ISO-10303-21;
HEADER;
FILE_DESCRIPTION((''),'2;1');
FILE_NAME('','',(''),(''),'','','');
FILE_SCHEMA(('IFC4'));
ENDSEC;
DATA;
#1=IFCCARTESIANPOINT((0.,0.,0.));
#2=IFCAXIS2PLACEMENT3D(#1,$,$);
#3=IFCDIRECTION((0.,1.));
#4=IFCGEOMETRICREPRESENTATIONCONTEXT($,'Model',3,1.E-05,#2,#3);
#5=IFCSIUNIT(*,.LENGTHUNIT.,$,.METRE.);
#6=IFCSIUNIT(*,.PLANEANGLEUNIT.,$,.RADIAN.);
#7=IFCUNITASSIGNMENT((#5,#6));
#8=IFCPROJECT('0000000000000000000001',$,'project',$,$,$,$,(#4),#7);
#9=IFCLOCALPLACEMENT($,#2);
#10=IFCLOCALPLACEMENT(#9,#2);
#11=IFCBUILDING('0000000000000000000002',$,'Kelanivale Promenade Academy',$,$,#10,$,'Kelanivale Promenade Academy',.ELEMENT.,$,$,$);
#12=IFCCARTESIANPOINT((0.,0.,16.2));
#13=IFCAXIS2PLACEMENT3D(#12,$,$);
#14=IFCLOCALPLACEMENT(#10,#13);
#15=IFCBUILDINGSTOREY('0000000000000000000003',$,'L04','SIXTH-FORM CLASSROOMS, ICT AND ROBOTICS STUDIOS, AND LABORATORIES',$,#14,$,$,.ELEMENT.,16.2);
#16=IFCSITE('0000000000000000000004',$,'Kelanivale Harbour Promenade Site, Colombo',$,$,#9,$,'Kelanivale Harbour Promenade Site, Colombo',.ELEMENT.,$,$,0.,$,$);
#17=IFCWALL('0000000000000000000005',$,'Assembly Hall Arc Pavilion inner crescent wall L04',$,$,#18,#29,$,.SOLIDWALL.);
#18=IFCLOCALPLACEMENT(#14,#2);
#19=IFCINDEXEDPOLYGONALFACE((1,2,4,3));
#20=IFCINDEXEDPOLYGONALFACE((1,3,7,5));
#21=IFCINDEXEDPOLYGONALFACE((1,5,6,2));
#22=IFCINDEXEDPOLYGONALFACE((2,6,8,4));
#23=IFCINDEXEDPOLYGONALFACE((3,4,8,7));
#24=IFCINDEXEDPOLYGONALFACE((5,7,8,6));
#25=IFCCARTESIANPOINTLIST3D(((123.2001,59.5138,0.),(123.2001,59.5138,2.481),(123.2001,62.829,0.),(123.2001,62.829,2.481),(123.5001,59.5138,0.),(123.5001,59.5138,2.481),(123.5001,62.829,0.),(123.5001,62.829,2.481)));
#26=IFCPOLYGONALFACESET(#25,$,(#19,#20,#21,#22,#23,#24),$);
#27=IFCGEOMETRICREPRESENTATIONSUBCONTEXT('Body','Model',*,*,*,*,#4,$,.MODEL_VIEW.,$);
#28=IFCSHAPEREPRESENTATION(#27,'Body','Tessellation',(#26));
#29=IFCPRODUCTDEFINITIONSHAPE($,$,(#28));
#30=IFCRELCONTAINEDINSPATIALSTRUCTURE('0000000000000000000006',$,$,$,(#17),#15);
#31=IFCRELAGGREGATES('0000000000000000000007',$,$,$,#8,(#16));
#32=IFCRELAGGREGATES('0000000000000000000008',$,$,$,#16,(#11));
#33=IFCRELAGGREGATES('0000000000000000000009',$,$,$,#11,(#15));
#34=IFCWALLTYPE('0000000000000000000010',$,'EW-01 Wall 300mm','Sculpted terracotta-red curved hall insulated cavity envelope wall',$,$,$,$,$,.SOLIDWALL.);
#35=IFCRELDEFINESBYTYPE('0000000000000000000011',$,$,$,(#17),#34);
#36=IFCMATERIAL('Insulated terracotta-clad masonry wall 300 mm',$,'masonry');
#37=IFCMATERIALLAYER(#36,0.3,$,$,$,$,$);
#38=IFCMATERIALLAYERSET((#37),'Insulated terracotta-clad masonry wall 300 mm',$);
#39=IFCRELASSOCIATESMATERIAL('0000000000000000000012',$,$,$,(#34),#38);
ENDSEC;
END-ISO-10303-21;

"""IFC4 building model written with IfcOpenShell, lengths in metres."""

from ifc_helpers import new_model, si_unit, direction, frame, frame_2d, origin, place, context, subcontext, project, spatial, rectangle, extrude, material, layer, layer_set, type_object, element, save


model = new_model("IFC4")

# Units and contexts
model_context = context("Model", 3, precision=1e-05, world=origin(), true_north=direction((0.0, 1.0)))
body_context = subcontext(model_context, "Body", "Model", "MODEL_VIEW")
ifc_project = project(units=[si_unit("LENGTHUNIT", "METRE"), si_unit("PLANEANGLEUNIT", "RADIAN")], contexts=[model_context])

# Site, building, storey
site_placement = place(None, origin())
site = spatial("IfcSite", under=ifc_project, at=site_placement, Name="Kelanivale Harbour Promenade Site, Colombo", LongName="Kelanivale Harbour Promenade Site, Colombo", CompositionType="ELEMENT", RefElevation=0.0)
building_placement = place(site_placement, origin())
building = spatial("IfcBuilding", under=site, at=building_placement, Name="Kelanivale Promenade Academy", LongName="Kelanivale Promenade Academy", CompositionType="ELEMENT")
storey_placement = place(building_placement, frame((0.0, 0.0, 16.2)))
storey = spatial("IfcBuildingStorey", under=building, at=storey_placement, Name="L04", Description="SIXTH-FORM CLASSROOMS, ICT AND ROBOTICS STUDIOS, AND LABORATORIES", CompositionType="ELEMENT", Elevation=16.2)

# Wall
ifc_material_1 = material(Name="Insulated terracotta-clad masonry wall 300 mm", Category="masonry")
ifc_layer_1 = layer(ifc_material_1, 0.3)
ifc_layer_set_1 = layer_set([ifc_layer_1], Name="Insulated terracotta-clad masonry wall 300 mm")
wall_type = type_object("IfcWallType", Name="EW-01 Wall 300mm", Description="Sculpted terracotta-red curved hall insulated cavity envelope wall", PredefinedType="SOLIDWALL", material=ifc_layer_set_1)
wall_placement = place(storey_placement, frame((123.3501, 62.8291, 0.0), z_axis=(0.0, 0.0, 1.0), x_axis=(0.0, -1.0, 0.0)))
element("IfcWall", 1, at=wall_placement, inside=storey, type_object=wall_type, Name="Assembly Hall Arc Pavilion inner crescent wall L04", PredefinedType="SOLIDWALL", context=body_context, shape_type="SweptSolid", body=[
    extrude(rectangle(XDim=3.3152, YDim=0.3, at=frame_2d((1.6577, 0.0))), origin(), (0.0, 0.0, 1.0), 2.481),
])

save(model, "model.ifc")
